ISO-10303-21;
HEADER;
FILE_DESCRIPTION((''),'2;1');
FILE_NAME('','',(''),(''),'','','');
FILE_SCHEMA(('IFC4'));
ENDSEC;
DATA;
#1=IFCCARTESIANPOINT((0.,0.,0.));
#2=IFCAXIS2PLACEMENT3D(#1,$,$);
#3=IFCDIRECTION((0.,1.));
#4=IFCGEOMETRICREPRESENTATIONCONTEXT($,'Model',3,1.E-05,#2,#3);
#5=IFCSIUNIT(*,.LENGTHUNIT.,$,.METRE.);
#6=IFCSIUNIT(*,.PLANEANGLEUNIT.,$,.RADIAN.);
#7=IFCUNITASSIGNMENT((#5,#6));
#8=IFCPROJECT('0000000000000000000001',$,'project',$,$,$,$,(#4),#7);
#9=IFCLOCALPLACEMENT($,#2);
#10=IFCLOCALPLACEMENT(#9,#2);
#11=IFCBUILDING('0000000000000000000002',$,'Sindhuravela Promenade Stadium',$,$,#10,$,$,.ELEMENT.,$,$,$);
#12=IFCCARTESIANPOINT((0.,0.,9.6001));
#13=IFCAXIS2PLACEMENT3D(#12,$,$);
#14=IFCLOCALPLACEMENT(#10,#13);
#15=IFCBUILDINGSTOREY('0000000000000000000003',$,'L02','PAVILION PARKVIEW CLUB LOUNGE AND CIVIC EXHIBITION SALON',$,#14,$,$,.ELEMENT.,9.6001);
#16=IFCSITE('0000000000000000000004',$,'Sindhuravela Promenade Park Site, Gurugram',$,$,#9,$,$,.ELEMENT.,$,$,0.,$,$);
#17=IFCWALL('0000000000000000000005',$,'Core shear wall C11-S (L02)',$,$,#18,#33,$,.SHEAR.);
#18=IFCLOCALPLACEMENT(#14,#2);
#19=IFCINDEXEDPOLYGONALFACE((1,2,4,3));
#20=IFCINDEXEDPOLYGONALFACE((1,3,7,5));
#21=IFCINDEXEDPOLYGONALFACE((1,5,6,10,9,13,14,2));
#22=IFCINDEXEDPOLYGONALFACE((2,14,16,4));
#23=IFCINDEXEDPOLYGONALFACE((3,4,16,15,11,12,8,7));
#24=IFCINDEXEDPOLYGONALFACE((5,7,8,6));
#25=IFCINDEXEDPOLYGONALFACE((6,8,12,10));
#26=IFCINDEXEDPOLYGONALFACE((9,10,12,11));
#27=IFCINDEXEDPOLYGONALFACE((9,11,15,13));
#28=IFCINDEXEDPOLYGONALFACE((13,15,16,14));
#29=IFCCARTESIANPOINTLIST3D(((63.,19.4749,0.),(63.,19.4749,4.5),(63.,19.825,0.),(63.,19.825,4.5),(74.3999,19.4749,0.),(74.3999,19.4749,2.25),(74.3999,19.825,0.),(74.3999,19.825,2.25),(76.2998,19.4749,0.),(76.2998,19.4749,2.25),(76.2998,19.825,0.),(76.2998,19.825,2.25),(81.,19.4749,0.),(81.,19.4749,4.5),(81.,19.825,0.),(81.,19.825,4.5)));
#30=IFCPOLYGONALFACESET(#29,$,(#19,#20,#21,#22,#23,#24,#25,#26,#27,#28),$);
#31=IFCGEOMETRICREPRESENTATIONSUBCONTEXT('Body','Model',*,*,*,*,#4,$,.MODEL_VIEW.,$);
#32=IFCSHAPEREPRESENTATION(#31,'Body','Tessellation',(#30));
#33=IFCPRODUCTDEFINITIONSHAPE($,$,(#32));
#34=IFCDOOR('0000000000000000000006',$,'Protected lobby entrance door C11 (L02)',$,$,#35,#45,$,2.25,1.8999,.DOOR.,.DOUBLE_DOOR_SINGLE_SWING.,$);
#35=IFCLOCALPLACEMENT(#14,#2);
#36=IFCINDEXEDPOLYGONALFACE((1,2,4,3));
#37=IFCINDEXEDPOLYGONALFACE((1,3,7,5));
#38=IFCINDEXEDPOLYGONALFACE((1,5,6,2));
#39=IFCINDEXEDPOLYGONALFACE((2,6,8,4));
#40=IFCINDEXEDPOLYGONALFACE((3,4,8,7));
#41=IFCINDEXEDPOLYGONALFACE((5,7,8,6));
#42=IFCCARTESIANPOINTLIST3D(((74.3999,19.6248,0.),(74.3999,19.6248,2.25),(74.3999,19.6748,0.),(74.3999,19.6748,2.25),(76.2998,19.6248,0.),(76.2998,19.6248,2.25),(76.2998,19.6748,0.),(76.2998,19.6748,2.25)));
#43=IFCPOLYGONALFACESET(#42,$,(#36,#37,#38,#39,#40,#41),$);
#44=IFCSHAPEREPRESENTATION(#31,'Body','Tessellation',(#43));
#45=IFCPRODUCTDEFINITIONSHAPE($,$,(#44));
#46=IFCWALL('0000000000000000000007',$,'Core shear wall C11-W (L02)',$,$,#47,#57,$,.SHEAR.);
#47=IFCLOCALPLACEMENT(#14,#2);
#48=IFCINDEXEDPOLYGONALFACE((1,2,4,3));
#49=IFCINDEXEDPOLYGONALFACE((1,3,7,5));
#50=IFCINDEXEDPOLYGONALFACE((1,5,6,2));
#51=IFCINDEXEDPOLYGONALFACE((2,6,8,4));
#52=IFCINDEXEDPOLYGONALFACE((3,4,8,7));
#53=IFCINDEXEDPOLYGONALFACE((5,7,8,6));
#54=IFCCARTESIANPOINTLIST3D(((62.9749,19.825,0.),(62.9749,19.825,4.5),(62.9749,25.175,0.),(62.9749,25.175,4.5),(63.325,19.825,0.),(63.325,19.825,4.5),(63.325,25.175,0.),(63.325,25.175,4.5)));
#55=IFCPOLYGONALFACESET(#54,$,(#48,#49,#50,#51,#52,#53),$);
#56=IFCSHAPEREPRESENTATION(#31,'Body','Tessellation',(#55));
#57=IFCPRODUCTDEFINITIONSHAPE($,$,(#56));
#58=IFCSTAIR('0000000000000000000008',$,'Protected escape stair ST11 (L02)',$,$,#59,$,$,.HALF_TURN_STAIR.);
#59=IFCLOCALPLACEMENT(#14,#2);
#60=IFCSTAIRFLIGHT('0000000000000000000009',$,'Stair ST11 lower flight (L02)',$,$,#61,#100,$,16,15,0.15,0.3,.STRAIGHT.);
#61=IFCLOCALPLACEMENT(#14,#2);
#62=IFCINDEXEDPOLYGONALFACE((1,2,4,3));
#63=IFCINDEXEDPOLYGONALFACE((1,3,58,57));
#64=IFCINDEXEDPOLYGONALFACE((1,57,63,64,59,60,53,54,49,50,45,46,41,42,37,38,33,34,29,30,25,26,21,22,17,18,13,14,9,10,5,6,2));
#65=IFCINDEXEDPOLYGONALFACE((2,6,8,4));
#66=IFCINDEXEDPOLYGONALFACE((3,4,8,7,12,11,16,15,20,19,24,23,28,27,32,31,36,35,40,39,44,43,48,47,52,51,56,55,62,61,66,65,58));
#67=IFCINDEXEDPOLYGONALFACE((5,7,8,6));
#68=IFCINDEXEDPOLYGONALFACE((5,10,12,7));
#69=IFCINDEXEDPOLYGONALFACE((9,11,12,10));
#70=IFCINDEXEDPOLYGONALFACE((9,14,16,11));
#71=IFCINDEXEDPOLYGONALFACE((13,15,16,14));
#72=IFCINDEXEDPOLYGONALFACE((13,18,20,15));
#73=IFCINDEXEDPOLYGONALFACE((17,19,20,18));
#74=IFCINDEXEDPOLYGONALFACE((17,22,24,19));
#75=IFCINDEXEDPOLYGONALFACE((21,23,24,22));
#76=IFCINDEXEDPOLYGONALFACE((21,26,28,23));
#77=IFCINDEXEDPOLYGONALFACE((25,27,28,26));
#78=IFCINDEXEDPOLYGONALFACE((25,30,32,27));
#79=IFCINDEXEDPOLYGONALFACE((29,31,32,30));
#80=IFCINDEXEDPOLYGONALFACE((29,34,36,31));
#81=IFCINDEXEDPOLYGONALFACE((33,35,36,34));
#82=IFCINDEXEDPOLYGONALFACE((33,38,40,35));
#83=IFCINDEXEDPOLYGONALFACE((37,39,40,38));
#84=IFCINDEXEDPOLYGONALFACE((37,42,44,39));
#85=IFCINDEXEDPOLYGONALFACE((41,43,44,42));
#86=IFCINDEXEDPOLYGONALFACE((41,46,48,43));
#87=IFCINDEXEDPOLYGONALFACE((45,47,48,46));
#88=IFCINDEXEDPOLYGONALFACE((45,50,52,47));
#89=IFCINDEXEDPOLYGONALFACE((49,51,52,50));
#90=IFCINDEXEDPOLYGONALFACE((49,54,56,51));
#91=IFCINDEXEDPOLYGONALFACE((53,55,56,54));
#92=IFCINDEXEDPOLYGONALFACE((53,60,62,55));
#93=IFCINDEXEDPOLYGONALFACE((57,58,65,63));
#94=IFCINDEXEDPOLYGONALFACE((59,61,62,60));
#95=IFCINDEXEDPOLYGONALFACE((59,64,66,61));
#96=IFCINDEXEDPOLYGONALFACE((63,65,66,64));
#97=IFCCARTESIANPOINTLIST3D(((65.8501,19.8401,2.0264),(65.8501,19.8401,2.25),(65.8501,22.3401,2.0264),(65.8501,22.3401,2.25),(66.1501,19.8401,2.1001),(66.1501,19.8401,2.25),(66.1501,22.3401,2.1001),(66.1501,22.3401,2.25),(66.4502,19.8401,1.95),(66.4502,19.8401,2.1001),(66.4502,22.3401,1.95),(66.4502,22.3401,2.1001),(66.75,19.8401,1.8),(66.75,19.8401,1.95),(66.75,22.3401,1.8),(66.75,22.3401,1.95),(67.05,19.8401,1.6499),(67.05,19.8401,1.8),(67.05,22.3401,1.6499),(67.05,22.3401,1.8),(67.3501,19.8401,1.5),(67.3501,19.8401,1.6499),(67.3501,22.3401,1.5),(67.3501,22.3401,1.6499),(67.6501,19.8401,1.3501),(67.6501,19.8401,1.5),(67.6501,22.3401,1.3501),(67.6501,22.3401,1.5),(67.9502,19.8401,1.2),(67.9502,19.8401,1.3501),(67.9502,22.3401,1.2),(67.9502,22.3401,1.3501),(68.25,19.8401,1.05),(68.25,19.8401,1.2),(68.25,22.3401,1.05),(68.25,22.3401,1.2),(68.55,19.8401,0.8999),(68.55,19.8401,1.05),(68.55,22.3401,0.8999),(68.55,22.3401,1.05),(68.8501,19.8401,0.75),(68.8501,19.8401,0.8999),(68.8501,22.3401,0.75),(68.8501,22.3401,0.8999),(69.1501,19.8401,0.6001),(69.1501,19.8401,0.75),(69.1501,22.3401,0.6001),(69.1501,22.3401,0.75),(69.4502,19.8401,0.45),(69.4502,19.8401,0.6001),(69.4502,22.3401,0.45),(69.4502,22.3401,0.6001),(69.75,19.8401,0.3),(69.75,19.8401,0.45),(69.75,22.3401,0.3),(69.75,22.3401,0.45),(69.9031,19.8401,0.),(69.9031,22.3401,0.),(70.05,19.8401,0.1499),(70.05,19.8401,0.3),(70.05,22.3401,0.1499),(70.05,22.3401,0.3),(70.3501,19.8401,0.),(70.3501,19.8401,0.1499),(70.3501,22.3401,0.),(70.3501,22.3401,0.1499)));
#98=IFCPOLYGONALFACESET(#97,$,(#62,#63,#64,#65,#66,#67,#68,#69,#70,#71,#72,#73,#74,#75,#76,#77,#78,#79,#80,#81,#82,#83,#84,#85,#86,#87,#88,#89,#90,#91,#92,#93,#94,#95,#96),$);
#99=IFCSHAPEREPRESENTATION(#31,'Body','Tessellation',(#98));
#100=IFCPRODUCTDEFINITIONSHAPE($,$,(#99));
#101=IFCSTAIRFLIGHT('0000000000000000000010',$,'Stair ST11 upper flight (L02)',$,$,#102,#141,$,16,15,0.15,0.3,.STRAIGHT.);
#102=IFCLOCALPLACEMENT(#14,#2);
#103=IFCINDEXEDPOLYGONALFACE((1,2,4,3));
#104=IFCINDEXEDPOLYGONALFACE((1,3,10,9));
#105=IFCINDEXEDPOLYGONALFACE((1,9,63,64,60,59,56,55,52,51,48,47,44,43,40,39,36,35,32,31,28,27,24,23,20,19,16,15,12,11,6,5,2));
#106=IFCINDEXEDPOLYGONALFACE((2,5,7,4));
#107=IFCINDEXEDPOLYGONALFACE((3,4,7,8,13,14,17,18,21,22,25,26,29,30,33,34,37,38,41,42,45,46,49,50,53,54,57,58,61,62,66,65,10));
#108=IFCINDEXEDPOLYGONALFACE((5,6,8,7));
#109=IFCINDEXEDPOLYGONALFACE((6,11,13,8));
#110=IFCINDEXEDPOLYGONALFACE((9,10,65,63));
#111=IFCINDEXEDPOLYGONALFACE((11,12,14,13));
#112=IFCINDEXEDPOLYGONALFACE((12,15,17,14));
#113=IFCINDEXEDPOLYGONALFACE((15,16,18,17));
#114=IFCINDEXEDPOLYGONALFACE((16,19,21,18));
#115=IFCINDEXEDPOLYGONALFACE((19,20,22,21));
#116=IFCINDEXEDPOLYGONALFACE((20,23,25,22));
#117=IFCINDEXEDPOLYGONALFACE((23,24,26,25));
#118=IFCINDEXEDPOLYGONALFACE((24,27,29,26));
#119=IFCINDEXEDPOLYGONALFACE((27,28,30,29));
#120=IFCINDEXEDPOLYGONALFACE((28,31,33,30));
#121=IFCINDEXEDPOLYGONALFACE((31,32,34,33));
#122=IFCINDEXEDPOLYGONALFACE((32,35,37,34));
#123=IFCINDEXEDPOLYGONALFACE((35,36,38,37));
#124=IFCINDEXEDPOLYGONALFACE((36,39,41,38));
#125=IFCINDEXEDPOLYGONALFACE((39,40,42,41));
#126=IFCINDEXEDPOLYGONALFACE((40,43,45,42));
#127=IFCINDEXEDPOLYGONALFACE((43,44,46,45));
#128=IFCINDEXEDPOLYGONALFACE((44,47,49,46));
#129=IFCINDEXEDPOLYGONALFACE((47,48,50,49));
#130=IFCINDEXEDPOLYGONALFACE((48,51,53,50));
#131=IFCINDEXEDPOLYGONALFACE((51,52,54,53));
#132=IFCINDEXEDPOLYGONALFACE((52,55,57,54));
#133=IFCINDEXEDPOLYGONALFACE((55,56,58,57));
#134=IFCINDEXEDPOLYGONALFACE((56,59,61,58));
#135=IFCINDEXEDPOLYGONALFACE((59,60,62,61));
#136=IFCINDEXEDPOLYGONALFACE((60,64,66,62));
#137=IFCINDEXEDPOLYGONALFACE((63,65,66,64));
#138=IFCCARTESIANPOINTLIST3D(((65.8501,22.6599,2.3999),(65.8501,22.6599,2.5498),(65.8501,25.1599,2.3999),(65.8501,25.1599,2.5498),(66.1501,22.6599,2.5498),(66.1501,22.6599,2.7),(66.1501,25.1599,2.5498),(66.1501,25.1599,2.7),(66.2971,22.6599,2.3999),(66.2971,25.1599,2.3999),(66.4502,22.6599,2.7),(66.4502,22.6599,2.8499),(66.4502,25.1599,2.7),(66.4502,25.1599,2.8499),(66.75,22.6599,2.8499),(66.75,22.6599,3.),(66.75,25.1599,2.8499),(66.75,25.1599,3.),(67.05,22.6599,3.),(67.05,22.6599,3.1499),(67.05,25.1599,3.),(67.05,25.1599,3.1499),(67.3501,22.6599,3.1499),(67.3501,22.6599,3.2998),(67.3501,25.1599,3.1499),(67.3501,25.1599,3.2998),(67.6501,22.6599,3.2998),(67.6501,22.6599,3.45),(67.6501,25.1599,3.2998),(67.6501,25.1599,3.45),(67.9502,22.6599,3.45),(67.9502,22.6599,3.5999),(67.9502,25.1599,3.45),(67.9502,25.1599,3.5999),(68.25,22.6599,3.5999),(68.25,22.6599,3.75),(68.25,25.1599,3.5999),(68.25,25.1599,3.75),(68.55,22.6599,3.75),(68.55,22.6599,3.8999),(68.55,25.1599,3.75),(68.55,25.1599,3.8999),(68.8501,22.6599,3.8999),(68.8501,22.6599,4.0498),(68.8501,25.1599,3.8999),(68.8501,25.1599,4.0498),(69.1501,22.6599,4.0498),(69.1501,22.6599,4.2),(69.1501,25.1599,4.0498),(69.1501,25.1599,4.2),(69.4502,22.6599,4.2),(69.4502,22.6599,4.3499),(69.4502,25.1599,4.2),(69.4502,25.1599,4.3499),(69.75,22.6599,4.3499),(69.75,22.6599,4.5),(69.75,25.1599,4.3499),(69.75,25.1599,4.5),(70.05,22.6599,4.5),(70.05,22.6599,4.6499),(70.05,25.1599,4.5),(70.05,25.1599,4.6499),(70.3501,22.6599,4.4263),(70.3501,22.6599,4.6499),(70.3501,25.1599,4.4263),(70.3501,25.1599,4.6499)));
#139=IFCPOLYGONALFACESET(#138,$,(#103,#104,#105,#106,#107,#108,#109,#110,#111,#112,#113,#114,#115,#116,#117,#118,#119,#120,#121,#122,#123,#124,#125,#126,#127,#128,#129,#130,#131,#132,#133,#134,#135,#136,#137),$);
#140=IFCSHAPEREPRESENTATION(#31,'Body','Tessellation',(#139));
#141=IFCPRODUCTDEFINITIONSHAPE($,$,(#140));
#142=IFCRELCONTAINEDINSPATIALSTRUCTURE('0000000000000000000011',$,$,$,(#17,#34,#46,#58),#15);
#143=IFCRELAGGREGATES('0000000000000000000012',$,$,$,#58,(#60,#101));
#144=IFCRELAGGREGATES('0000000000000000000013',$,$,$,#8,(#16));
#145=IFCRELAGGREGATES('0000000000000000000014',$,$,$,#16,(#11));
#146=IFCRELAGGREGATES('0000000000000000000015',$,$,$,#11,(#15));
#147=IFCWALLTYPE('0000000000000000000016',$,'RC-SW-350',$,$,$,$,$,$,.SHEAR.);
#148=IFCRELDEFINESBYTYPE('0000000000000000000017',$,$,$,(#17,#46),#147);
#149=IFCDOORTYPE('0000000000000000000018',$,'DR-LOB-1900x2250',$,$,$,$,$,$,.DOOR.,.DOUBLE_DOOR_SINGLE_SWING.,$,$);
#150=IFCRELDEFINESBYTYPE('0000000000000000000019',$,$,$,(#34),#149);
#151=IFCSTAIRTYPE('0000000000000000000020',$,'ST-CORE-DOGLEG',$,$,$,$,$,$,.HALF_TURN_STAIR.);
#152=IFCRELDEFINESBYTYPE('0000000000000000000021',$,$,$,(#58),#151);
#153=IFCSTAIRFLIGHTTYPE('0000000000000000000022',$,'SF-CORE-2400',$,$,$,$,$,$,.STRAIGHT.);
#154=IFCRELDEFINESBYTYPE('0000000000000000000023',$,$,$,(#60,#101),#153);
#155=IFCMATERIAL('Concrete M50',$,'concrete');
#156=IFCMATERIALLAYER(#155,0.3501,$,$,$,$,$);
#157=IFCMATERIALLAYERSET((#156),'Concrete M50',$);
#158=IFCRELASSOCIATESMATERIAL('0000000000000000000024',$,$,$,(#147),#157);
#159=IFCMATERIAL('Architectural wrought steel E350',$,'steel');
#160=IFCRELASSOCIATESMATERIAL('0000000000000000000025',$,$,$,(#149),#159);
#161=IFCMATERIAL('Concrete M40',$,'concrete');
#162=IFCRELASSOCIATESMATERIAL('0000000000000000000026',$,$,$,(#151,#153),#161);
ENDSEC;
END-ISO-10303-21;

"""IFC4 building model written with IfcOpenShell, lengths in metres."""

from ifc_helpers import new_model, si_unit, direction, frame, frame_2d, origin, place, context, subcontext, project, spatial, polyline, rectangle, outline, extrude, material, layer, layer_set, type_object, element, fill, aggregate, save


model = new_model("IFC4")

# Units and contexts
model_context = context("Model", 3, precision=1e-05, world=origin(), true_north=direction((0.0, 1.0)))
body_context = subcontext(model_context, "Body", "Model", "MODEL_VIEW")
ifc_project = project(units=[si_unit("LENGTHUNIT", "METRE"), si_unit("PLANEANGLEUNIT", "RADIAN")], contexts=[model_context])

# Site, building, storey
site_placement = place(None, origin())
site = spatial("IfcSite", under=ifc_project, at=site_placement, Name="Sindhuravela Promenade Park Site, Gurugram", CompositionType="ELEMENT", RefElevation=0.0)
building_placement = place(site_placement, origin())
building = spatial("IfcBuilding", under=site, at=building_placement, Name="Sindhuravela Promenade Stadium", CompositionType="ELEMENT")
storey_placement = place(building_placement, frame((0.0, 0.0, 9.6001)))
storey = spatial("IfcBuildingStorey", under=building, at=storey_placement, Name="L02", Description="PAVILION PARKVIEW CLUB LOUNGE AND CIVIC EXHIBITION SALON", CompositionType="ELEMENT", Elevation=9.6001)

# Shared definitions
ifc_material_1 = material(Name="Concrete M40", Category="concrete")

# Wall, opening, door
ifc_material_2 = material(Name="Concrete M50", Category="concrete")
ifc_material_3 = material(Name="Architectural wrought steel E350", Category="steel")
ifc_layer_1 = layer(ifc_material_2, 0.3501)
ifc_layer_set_1 = layer_set([ifc_layer_1], Name="Concrete M50")
wall_type_1 = type_object("IfcWallType", Name="RC-SW-350", PredefinedType="SHEAR", material=ifc_layer_set_1)
wall_1_placement = place(storey_placement, frame((63.0, 19.6499, 0.0), z_axis=(0.0, 0.0, 1.0), x_axis=(1.0, 0.0, 0.0)))
wall_1 = element("IfcWall", 1, at=wall_1_placement, inside=storey, type_object=wall_type_1, Name="Core shear wall C11-S (L02)", PredefinedType="SHEAR", context=body_context, shape_type="SweptSolid", body=[
    extrude(rectangle(XDim=18.0, YDim=0.3501, at=frame_2d((9.0, 0.0))), origin(), (0.0, 0.0, 1.0), 4.5),
])
opening_1_placement = place(wall_1_placement, frame((11.3999, 0.0, 0.0)))
opening_1 = element("IfcOpeningElement", 2, at=opening_1_placement, cuts=wall_1, PredefinedType="OPENING", context=body_context, shape_type="SweptSolid", body=[
    extrude(rectangle(XDim=1.8999, YDim=2.25, at=frame_2d((0.95, 1.125))), frame((0.0, 0.1851, 0.0), z_axis=(0.0, -1.0, 0.0), x_axis=(1.0, 0.0, 0.0)), (0.0, 0.0, 1.0), 0.3701),
])
door_type_1 = type_object("IfcDoorType", Name="DR-LOB-1900x2250", OperationType="DOUBLE_DOOR_SINGLE_SWING", PredefinedType="DOOR", material=ifc_material_3)
door_1_placement = place(opening_1_placement, origin())
door_1 = element("IfcDoor", 3, at=door_1_placement, inside=storey, type_object=door_type_1, Name="Protected lobby entrance door C11 (L02)", OperationType="DOUBLE_DOOR_SINGLE_SWING", OverallHeight=2.25, OverallWidth=1.8999, PredefinedType="DOOR", context=body_context, shape_type="SweptSolid", body=[
    extrude(rectangle(XDim=1.8999, YDim=2.25, at=frame_2d((0.95, 1.125))), frame((0.0, 0.0249, 0.0), z_axis=(0.0, -1.0, 0.0), x_axis=(1.0, 0.0, 0.0)), (0.0, 0.0, 1.0), 0.05),
])
fill(opening_1, door_1)

# Wall
wall_2_placement = place(storey_placement, frame((63.1499, 25.175, 0.0), z_axis=(0.0, 0.0, 1.0), x_axis=(0.0, -1.0, 0.0)))
element("IfcWall", 4, at=wall_2_placement, inside=storey, type_object=wall_type_1, Name="Core shear wall C11-W (L02)", PredefinedType="SHEAR", context=body_context, shape_type="SweptSolid", body=[
    extrude(rectangle(XDim=5.3501, YDim=0.3501, at=frame_2d((2.675, 0.0))), origin(), (0.0, 0.0, 1.0), 4.5),
])

# Stair, stair flights
stair_type = type_object("IfcStairType", Name="ST-CORE-DOGLEG", PredefinedType="HALF_TURN_STAIR", material=ifc_material_1)
stair_placement = place(storey_placement, origin())
stair = element("IfcStair", 5, at=stair_placement, inside=storey, type_object=stair_type, Name="Protected escape stair ST11 (L02)", PredefinedType="HALF_TURN_STAIR")
stair_flight_type = type_object("IfcStairFlightType", Name="SF-CORE-2400", PredefinedType="STRAIGHT", material=ifc_material_1)
stair_flight_1_placement = place(storey_placement, frame((70.3501, 21.0901, 0.0), z_axis=(0.0, 0.0, 1.0), x_axis=(-1.0, 0.0, 0.0)))
stair_flight_1 = element("IfcStairFlight", 6, at=stair_flight_1_placement, type_object=stair_flight_type, Name="Stair ST11 lower flight (L02)", NumberOfRisers=16, NumberOfTreads=15, PredefinedType="STRAIGHT", RiserHeight=0.15, TreadLength=0.3, context=body_context, shape_type="SweptSolid", body=[
    extrude(outline(polyline([(0.0, 0.0), (0.0, 0.1499), (0.3, 0.1499), (0.3, 0.3), (0.6001, 0.3), (0.6001, 0.45), (0.8999, 0.45), (0.8999, 0.6001), (1.2, 0.6001), (1.2, 0.75), (1.5, 0.75), (1.5, 0.8999), (1.8, 0.8999), (1.8, 1.05), (2.1001, 1.05), (2.1001, 1.2), (2.3999, 1.2), (2.3999, 1.3501), (2.7, 1.3501), (2.7, 1.5), (3.0, 1.5), (3.0, 1.6499), (3.3, 1.6499), (3.3, 1.8), (3.6001, 1.8), (3.6001, 1.95), (3.8999, 1.95), (3.8999, 2.1001), (4.2, 2.1001), (4.2, 2.25), (4.5, 2.25), (4.5, 2.3999), (4.5, 2.0264), (0.447, 0.0), (0.0, 0.0)])), frame((0.0, 1.25, 0.0), z_axis=(0.0, -1.0, 0.0), x_axis=(1.0, 0.0, 0.0)), (0.0, 0.0, 1.0), 2.5),
])
stair_flight_2_placement = place(storey_placement, frame((65.8501, 23.9099, 2.3999), z_axis=(0.0, 0.0, 1.0), x_axis=(1.0, 0.0, 0.0)))
stair_flight_2 = element("IfcStairFlight", 7, at=stair_flight_2_placement, type_object=stair_flight_type, Name="Stair ST11 upper flight (L02)", NumberOfRisers=16, NumberOfTreads=15, PredefinedType="STRAIGHT", RiserHeight=0.15, TreadLength=0.3, context=body_context, shape_type="SweptSolid", body=[
    extrude(outline(polyline([(0.0, 0.0), (0.0, 0.1499), (0.3, 0.1499), (0.3, 0.3), (0.6001, 0.3), (0.6001, 0.45), (0.8999, 0.45), (0.8999, 0.6001), (1.2, 0.6001), (1.2, 0.75), (1.5, 0.75), (1.5, 0.8999), (1.8, 0.8999), (1.8, 1.05), (2.1001, 1.05), (2.1001, 1.2), (2.3999, 1.2), (2.3999, 1.3501), (2.7, 1.3501), (2.7, 1.5), (3.0, 1.5), (3.0, 1.6499), (3.3, 1.6499), (3.3, 1.8), (3.6001, 1.8), (3.6001, 1.95), (3.8999, 1.95), (3.8999, 2.1001), (4.2, 2.1001), (4.2, 2.25), (4.5, 2.25), (4.5, 2.3999), (4.5, 2.0264), (0.447, 0.0), (0.0, 0.0)])), frame((0.0, 1.25, 0.0), z_axis=(0.0, -1.0, 0.0), x_axis=(1.0, 0.0, 0.0)), (0.0, 0.0, 1.0), 2.5),
])
aggregate(stair, [stair_flight_1, stair_flight_2])

save(model, "model.ifc")
